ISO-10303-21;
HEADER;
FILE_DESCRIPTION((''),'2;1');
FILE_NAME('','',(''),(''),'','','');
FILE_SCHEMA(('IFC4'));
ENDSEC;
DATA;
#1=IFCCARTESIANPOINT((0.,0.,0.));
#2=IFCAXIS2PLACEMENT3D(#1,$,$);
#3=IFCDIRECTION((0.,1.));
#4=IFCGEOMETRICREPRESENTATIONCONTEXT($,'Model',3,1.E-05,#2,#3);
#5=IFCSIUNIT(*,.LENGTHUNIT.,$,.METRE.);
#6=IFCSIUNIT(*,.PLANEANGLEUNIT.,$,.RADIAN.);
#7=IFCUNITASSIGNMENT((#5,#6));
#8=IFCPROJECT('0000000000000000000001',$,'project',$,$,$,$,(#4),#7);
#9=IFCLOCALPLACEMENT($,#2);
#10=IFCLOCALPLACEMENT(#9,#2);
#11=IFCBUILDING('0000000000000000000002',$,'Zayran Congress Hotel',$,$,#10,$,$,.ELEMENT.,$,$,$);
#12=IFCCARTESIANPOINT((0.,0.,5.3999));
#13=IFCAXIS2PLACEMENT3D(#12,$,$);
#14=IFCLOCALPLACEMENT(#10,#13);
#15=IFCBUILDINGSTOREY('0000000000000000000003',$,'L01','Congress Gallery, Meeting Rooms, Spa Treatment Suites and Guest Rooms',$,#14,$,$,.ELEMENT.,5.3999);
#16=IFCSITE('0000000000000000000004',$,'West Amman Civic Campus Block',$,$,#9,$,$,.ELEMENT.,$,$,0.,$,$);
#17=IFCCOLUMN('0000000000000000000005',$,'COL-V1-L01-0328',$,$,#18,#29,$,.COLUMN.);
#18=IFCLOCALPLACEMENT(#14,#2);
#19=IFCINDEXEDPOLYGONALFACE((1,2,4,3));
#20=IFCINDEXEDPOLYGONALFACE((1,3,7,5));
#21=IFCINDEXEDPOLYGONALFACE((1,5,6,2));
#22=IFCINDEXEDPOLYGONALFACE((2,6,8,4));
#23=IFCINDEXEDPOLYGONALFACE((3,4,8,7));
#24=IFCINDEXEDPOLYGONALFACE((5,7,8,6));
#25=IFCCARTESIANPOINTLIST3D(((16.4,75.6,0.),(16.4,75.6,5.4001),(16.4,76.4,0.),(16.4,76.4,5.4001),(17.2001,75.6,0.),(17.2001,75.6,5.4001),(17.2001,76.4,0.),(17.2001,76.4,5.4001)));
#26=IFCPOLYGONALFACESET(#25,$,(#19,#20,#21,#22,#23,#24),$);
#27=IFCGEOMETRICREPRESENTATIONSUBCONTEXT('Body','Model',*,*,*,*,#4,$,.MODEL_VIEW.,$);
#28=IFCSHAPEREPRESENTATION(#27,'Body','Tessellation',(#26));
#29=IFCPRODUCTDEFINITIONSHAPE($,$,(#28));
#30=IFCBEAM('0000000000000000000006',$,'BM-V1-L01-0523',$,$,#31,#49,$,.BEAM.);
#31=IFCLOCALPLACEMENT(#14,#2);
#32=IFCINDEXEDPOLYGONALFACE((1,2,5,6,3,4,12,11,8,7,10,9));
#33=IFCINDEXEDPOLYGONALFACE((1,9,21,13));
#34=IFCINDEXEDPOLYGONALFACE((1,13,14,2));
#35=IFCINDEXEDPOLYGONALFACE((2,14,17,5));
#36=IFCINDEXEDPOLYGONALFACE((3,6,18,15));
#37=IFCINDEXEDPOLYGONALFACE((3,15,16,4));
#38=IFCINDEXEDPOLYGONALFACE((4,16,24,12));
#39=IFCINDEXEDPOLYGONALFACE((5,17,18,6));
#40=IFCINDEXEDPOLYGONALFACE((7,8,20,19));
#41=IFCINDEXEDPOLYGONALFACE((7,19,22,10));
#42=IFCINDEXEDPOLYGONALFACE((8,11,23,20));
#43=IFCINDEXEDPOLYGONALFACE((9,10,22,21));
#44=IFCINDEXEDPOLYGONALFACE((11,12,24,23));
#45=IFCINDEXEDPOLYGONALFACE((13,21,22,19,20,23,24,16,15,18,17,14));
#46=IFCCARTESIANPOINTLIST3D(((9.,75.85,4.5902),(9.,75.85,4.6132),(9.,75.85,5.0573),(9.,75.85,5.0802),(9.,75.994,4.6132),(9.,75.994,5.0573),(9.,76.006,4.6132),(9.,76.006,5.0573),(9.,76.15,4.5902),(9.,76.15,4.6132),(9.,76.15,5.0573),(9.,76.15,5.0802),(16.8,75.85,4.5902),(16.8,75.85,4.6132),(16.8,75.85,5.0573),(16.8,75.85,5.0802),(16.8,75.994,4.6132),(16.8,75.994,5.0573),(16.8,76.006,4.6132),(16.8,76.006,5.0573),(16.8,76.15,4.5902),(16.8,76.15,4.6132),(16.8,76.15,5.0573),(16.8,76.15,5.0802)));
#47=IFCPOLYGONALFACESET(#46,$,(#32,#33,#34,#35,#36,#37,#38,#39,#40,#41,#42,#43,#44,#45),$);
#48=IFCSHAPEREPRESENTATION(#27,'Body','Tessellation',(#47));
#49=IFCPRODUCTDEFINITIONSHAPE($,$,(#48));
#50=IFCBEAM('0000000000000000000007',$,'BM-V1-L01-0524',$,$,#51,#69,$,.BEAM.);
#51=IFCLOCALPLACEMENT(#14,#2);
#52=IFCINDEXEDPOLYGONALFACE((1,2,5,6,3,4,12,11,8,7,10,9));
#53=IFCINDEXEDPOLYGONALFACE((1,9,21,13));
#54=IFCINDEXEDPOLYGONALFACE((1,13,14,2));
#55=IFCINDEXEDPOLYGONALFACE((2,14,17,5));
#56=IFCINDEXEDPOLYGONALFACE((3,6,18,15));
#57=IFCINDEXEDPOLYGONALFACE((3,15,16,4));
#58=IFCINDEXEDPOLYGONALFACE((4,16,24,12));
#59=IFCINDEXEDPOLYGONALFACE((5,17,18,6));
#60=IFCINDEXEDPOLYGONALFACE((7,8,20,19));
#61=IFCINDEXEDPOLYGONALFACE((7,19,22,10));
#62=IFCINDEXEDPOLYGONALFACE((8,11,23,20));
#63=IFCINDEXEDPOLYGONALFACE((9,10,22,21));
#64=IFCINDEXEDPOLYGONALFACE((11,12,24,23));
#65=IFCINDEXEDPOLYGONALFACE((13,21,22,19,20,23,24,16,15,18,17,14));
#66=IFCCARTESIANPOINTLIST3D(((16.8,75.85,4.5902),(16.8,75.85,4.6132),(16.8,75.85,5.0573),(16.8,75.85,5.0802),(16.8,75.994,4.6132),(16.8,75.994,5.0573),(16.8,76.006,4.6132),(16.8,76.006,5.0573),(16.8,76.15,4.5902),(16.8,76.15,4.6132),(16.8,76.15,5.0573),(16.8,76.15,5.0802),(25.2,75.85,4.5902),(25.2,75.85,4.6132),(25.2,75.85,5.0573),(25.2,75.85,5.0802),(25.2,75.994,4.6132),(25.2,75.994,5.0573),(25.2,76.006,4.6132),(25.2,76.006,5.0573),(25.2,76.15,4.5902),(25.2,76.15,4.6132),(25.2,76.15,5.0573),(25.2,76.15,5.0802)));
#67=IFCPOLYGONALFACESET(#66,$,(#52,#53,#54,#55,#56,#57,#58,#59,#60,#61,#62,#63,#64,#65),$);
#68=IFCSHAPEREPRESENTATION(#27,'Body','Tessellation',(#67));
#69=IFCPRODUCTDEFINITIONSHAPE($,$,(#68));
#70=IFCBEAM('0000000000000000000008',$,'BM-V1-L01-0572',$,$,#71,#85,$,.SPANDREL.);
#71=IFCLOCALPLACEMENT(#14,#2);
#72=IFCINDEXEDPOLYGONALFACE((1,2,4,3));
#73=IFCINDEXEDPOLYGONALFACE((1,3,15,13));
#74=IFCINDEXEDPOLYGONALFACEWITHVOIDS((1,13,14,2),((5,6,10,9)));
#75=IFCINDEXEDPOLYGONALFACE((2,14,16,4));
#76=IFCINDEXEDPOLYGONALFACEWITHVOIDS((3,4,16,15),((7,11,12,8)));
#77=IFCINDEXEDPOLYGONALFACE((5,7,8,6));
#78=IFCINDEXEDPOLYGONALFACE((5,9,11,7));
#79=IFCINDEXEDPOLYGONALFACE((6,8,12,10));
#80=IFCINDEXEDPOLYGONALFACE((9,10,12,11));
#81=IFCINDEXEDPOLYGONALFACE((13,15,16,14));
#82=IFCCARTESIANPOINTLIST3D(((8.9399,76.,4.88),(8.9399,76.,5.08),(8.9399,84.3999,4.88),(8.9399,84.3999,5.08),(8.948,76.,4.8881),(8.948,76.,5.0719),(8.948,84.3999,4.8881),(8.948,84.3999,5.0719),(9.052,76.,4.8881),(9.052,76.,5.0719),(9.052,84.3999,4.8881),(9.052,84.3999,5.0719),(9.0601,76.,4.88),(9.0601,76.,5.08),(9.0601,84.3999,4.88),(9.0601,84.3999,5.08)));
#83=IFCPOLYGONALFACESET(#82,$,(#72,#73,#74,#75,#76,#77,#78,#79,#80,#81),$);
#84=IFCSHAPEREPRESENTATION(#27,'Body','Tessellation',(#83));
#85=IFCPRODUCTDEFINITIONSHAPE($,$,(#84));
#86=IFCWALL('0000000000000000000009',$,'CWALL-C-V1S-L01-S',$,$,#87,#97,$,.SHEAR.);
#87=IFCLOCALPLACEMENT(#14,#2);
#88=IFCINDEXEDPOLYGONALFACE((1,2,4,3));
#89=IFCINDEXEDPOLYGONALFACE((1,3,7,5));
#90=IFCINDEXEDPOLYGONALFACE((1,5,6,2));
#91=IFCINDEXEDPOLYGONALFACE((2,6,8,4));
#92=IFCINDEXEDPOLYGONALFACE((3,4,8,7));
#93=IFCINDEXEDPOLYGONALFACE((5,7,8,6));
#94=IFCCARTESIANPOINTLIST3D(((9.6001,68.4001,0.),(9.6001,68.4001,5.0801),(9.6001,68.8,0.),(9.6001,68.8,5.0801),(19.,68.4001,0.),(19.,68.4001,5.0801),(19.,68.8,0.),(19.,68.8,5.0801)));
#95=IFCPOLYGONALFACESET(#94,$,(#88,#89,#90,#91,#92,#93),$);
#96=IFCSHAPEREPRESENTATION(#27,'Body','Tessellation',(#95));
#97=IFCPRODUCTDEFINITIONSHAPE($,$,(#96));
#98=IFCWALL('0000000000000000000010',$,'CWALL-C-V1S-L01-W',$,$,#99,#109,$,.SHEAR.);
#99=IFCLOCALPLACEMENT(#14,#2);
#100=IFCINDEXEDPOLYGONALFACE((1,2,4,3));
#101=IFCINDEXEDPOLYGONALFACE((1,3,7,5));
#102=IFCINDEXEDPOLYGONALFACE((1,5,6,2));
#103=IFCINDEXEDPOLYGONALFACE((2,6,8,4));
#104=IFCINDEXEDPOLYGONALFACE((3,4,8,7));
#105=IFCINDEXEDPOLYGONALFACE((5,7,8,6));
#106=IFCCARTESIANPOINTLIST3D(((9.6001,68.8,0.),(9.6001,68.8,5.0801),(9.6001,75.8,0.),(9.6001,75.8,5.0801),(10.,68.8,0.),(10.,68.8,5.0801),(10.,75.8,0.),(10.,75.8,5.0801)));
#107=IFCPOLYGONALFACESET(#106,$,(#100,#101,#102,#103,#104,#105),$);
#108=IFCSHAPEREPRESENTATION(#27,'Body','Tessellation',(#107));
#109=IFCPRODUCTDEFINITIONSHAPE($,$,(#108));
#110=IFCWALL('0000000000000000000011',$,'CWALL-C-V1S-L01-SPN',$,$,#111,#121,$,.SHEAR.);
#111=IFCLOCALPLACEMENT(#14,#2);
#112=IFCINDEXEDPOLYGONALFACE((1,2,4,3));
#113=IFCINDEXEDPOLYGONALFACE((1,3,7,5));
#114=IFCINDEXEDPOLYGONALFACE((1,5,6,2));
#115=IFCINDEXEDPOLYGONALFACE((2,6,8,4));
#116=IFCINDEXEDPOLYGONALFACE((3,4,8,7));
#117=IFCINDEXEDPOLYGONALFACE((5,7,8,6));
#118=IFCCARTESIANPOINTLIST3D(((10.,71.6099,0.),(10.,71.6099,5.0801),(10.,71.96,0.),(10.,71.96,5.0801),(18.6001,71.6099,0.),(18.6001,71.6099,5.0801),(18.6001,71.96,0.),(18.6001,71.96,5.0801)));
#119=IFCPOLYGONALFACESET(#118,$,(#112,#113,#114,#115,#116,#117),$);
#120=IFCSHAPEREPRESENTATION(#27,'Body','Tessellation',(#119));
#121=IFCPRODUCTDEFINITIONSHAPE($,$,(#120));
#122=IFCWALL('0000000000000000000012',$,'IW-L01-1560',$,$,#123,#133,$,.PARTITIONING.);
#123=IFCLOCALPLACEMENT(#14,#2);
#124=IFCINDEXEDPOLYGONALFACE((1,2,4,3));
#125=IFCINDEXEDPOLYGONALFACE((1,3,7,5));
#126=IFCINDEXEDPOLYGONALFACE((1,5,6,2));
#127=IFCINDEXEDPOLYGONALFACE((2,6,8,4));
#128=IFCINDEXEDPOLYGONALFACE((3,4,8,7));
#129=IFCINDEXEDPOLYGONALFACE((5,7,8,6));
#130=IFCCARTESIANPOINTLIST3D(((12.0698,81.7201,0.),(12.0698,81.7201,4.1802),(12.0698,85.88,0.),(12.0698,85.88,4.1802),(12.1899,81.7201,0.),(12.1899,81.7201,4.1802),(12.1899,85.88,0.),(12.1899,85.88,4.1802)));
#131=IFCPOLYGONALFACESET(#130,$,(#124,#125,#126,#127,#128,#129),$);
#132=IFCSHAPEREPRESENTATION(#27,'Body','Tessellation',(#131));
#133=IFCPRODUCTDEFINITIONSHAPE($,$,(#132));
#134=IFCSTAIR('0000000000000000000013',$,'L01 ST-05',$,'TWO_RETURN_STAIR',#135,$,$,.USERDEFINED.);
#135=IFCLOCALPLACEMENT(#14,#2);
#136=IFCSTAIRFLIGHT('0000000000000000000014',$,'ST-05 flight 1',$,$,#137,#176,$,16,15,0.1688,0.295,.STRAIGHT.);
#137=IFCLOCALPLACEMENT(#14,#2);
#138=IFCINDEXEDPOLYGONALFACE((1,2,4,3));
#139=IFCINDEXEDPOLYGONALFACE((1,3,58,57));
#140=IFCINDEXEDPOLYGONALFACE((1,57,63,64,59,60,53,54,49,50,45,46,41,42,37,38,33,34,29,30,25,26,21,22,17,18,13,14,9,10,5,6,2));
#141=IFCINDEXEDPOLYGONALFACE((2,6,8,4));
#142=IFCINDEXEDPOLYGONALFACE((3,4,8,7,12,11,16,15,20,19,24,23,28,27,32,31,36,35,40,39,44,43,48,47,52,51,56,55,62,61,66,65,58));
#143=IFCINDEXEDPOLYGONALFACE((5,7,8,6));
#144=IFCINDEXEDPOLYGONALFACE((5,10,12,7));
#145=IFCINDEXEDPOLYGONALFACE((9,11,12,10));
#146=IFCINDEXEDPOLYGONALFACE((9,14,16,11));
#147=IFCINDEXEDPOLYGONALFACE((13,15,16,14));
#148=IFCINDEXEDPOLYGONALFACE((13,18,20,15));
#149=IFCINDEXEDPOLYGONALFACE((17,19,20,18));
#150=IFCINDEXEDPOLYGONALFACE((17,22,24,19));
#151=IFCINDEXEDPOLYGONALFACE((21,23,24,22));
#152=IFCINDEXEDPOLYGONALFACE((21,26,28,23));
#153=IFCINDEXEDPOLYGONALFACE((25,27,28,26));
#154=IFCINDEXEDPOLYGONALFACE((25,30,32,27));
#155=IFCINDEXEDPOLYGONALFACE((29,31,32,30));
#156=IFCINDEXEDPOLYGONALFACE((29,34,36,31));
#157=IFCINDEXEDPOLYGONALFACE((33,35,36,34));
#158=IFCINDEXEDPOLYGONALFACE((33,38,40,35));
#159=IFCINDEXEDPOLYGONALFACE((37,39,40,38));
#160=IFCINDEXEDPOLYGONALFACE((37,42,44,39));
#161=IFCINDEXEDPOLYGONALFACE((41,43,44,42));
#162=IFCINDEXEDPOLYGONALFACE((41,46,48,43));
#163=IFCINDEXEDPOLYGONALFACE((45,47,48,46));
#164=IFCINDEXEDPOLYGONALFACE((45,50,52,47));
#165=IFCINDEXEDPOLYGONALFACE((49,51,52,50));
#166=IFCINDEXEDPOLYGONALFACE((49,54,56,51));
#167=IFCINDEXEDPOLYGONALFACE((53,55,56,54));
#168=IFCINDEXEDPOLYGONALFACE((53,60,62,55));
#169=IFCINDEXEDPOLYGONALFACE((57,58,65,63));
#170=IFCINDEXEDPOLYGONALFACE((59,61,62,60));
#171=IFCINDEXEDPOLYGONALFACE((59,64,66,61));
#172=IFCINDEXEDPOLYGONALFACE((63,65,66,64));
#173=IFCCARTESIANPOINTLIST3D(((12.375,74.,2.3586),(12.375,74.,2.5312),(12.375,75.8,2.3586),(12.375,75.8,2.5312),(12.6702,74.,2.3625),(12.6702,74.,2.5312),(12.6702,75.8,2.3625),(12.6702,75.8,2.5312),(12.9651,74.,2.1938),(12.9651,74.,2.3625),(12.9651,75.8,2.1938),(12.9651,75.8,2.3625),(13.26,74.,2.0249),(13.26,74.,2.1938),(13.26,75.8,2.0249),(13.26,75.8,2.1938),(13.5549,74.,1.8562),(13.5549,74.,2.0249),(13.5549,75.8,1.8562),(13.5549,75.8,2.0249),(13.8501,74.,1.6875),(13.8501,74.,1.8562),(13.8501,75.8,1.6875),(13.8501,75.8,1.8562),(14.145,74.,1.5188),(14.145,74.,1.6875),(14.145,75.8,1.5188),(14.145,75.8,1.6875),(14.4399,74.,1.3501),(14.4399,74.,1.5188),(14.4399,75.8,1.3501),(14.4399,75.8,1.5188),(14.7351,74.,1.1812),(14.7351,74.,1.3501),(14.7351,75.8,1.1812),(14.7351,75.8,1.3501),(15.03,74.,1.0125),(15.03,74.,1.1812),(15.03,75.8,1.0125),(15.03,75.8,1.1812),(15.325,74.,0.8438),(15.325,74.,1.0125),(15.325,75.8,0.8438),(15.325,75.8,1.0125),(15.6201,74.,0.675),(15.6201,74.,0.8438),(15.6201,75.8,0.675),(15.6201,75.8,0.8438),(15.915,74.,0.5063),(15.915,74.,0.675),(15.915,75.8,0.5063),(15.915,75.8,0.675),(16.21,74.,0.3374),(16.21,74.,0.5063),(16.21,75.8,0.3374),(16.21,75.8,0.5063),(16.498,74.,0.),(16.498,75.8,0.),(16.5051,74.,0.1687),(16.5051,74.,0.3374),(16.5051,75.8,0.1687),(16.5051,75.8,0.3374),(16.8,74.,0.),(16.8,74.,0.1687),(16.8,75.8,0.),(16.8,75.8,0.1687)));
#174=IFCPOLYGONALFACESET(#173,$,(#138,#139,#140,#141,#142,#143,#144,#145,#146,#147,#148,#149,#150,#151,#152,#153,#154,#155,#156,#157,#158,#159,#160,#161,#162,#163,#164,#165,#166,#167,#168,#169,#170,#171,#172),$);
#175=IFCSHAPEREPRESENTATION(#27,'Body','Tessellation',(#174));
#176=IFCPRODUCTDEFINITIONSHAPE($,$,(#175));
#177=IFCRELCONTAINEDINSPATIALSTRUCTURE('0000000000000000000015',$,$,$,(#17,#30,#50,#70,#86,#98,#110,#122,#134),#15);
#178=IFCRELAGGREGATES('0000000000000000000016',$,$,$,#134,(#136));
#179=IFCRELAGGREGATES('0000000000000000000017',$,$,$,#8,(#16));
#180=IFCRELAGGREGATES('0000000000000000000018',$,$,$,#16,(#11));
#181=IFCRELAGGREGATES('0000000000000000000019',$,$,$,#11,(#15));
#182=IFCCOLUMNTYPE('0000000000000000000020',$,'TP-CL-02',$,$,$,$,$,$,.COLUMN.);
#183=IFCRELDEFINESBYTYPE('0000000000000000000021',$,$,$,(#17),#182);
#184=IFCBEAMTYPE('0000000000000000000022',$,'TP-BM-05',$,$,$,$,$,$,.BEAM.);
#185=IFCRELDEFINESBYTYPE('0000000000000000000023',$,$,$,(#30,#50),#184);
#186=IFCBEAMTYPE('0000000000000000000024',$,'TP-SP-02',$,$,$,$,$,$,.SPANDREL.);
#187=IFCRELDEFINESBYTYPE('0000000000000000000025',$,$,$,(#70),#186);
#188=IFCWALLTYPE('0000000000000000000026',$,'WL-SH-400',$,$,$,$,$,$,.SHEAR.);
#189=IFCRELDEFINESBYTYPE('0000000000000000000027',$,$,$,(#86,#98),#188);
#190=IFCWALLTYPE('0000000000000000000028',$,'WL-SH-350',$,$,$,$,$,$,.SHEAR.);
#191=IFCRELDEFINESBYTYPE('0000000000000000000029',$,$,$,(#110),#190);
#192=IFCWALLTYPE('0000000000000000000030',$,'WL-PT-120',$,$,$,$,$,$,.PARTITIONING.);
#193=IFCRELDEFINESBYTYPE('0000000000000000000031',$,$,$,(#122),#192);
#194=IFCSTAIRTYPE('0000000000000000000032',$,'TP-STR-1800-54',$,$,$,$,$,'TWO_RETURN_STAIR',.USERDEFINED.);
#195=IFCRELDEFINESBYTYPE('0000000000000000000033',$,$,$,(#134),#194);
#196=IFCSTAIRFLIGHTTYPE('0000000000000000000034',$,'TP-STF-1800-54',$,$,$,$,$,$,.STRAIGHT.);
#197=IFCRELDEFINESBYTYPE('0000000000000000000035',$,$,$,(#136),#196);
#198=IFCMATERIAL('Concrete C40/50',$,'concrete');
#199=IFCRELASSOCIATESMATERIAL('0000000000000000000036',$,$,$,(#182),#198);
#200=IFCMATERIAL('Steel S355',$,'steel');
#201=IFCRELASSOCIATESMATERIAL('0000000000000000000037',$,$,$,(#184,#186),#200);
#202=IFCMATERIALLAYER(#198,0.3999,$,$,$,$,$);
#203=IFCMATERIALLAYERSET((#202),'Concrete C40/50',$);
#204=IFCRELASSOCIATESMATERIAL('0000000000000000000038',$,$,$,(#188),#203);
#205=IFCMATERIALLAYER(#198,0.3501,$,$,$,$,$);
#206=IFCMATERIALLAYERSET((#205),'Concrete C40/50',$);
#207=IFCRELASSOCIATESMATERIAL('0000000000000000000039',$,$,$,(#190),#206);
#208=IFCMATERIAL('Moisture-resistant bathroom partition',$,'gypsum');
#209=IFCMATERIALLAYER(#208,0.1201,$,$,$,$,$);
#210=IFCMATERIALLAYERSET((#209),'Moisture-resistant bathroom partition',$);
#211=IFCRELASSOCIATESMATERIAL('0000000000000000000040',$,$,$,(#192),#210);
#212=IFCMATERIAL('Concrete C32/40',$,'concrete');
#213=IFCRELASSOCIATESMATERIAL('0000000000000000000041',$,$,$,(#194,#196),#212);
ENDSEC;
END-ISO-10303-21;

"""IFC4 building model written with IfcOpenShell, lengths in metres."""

from ifc_helpers import new_model, si_unit, direction, frame, frame_2d, origin, origin_2d, place, context, subcontext, project, spatial, polyline, rectangle, hollow_rectangle, i_section, outline, extrude, material, layer, layer_set, material_profile, profile_set, type_object, element, aggregate, save


model = new_model("IFC4")

# Units and contexts
model_context = context("Model", 3, precision=1e-05, world=origin(), true_north=direction((0.0, 1.0)))
body_context = subcontext(model_context, "Body", "Model", "MODEL_VIEW")
ifc_project = project(units=[si_unit("LENGTHUNIT", "METRE"), si_unit("PLANEANGLEUNIT", "RADIAN")], contexts=[model_context])

# Site, building, storey
site_placement = place(None, origin())
site = spatial("IfcSite", under=ifc_project, at=site_placement, Name="West Amman Civic Campus Block", CompositionType="ELEMENT", RefElevation=0.0)
building_placement = place(site_placement, origin())
building = spatial("IfcBuilding", under=site, at=building_placement, Name="Zayran Congress Hotel", CompositionType="ELEMENT")
storey_placement = place(building_placement, frame((0.0, 0.0, 5.3999)))
storey = spatial("IfcBuildingStorey", under=building, at=storey_placement, Name="L01", Description="Congress Gallery, Meeting Rooms, Spa Treatment Suites and Guest Rooms", CompositionType="ELEMENT", Elevation=5.3999)

# Column
ifc_material_1 = material(Name="Concrete C40/50", Category="concrete")
ifc_material_profile_1 = material_profile(ifc_material_1, rectangle(XDim=0.8, YDim=0.8, at=origin_2d()), Name="RC 800x800")
ifc_profile_set_1 = profile_set([ifc_material_profile_1], Name="Concrete C40/50")
column_type = type_object("IfcColumnType", Name="TP-CL-02", PredefinedType="COLUMN", material=ifc_profile_set_1)
column_placement = place(storey_placement, frame((16.8, 76.0, 0.0), z_axis=(0.0, 0.0, 1.0), x_axis=(1.0, 0.0, 0.0)))
element("IfcColumn", 1, at=column_placement, inside=storey, type_object=column_type, Name="COL-V1-L01-0328", PredefinedType="COLUMN", context=body_context, shape_type="SweptSolid", body=[
    extrude(rectangle(XDim=0.8, YDim=0.8, at=origin_2d()), origin(), (0.0, 0.0, 1.0), 5.4001),
])

# Beams
ifc_material_2 = material(Name="Steel S355", Category="steel")
ifc_material_profile_2 = material_profile(ifc_material_2, i_section(OverallWidth=0.3, OverallDepth=0.49, WebThickness=0.012, FlangeThickness=0.0229, at=origin_2d()), Name="HEA 500")
ifc_profile_set_2 = profile_set([ifc_material_profile_2], Name="Steel S355")
beam_type_1 = type_object("IfcBeamType", Name="TP-BM-05", PredefinedType="BEAM", material=ifc_profile_set_2)
beam_1_placement = place(storey_placement, frame((9.0, 76.0, 4.8352), z_axis=(1.0, 0.0, 0.0), x_axis=(0.0, 1.0, 0.0)))
element("IfcBeam", 2, at=beam_1_placement, inside=storey, type_object=beam_type_1, Name="BM-V1-L01-0523", PredefinedType="BEAM", context=body_context, shape_type="SweptSolid", body=[
    extrude(i_section(OverallWidth=0.3, OverallDepth=0.49, WebThickness=0.012, FlangeThickness=0.0229, at=origin_2d()), origin(), (0.0, 0.0, 1.0), 7.8),
])
beam_2_placement = place(storey_placement, frame((16.8, 76.0, 4.8352), z_axis=(1.0, 0.0, 0.0), x_axis=(0.0, 1.0, 0.0)))
element("IfcBeam", 3, at=beam_2_placement, inside=storey, type_object=beam_type_1, Name="BM-V1-L01-0524", PredefinedType="BEAM", context=body_context, shape_type="SweptSolid", body=[
    extrude(i_section(OverallWidth=0.3, OverallDepth=0.49, WebThickness=0.012, FlangeThickness=0.0229, at=origin_2d()), origin(), (0.0, 0.0, 1.0), 8.3999),
])
ifc_material_profile_3 = material_profile(ifc_material_2, hollow_rectangle(XDim=0.1201, YDim=0.2, WallThickness=0.0081, at=origin_2d()), Name="RHS 200x120x8")
ifc_profile_set_3 = profile_set([ifc_material_profile_3], Name="Steel S355")
beam_type_2 = type_object("IfcBeamType", Name="TP-SP-02", PredefinedType="SPANDREL", material=ifc_profile_set_3)
beam_3_placement = place(storey_placement, frame((9.0, 76.0, 4.98), z_axis=(0.0, 1.0, 0.0), x_axis=(-1.0, 0.0, 0.0)))
element("IfcBeam", 4, at=beam_3_placement, inside=storey, type_object=beam_type_2, Name="BM-V1-L01-0572", PredefinedType="SPANDREL", context=body_context, shape_type="SweptSolid", body=[
    extrude(hollow_rectangle(XDim=0.1201, YDim=0.2, WallThickness=0.0081, at=origin_2d()), origin(), (0.0, 0.0, 1.0), 8.3999),
])

# Walls
ifc_layer_1 = layer(ifc_material_1, 0.3999)
ifc_layer_set_1 = layer_set([ifc_layer_1], Name="Concrete C40/50")
wall_type_1 = type_object("IfcWallType", Name="WL-SH-400", PredefinedType="SHEAR", material=ifc_layer_set_1)
wall_1_placement = place(storey_placement, frame((9.6001, 68.6001, 0.0), z_axis=(0.0, 0.0, 1.0), x_axis=(1.0, 0.0, 0.0)))
element("IfcWall", 5, at=wall_1_placement, inside=storey, type_object=wall_type_1, Name="CWALL-C-V1S-L01-S", PredefinedType="SHEAR", context=body_context, shape_type="SweptSolid", body=[
    extrude(rectangle(XDim=9.3999, YDim=0.3999, at=frame_2d((4.7, 0.0))), origin(), (0.0, 0.0, 1.0), 5.0801),
])
wall_2_placement = place(storey_placement, frame((9.8, 75.8, 0.0), z_axis=(0.0, 0.0, 1.0), x_axis=(0.0, -1.0, 0.0)))
element("IfcWall", 6, at=wall_2_placement, inside=storey, type_object=wall_type_1, Name="CWALL-C-V1S-L01-W", PredefinedType="SHEAR", context=body_context, shape_type="SweptSolid", body=[
    extrude(rectangle(XDim=7.0, YDim=0.3999, at=frame_2d((3.5, 0.0))), origin(), (0.0, 0.0, 1.0), 5.0801),
])
ifc_layer_2 = layer(ifc_material_1, 0.3501)
ifc_layer_set_2 = layer_set([ifc_layer_2], Name="Concrete C40/50")
wall_type_2 = type_object("IfcWallType", Name="WL-SH-350", PredefinedType="SHEAR", material=ifc_layer_set_2)
wall_3_placement = place(storey_placement, frame((10.0, 71.7849, 0.0), z_axis=(0.0, 0.0, 1.0), x_axis=(1.0, 0.0, 0.0)))
element("IfcWall", 7, at=wall_3_placement, inside=storey, type_object=wall_type_2, Name="CWALL-C-V1S-L01-SPN", PredefinedType="SHEAR", context=body_context, shape_type="SweptSolid", body=[
    extrude(rectangle(XDim=8.6001, YDim=0.3501, at=frame_2d((4.3, 0.0))), origin(), (0.0, 0.0, 1.0), 5.0801),
])
ifc_material_3 = material(Name="Moisture-resistant bathroom partition", Category="gypsum")
ifc_layer_3 = layer(ifc_material_3, 0.1201)
ifc_layer_set_3 = layer_set([ifc_layer_3], Name="Moisture-resistant bathroom partition")
wall_type_3 = type_object("IfcWallType", Name="WL-PT-120", PredefinedType="PARTITIONING", material=ifc_layer_set_3)
wall_4_placement = place(storey_placement, frame((12.1299, 81.72, 0.0), z_axis=(0.0, 0.0, 1.0), x_axis=(0.0, 1.0, 0.0)))
element("IfcWall", 8, at=wall_4_placement, inside=storey, type_object=wall_type_3, Name="IW-L01-1560", PredefinedType="PARTITIONING", context=body_context, shape_type="SweptSolid", body=[
    extrude(rectangle(XDim=4.1599, YDim=0.1201, at=frame_2d((2.0801, 0.0))), origin(), (0.0, 0.0, 1.0), 4.1802),
])

# Stair, stair flight
ifc_material_4 = material(Name="Concrete C32/40", Category="concrete")
stair_type = type_object("IfcStairType", Name="TP-STR-1800-54", ElementType="TWO_RETURN_STAIR", PredefinedType="USERDEFINED", material=ifc_material_4)
stair_placement = place(storey_placement, origin())
stair = element("IfcStair", 9, at=stair_placement, inside=storey, type_object=stair_type, Name="L01 ST-05", ObjectType="TWO_RETURN_STAIR", PredefinedType="USERDEFINED")
stair_flight_type = type_object("IfcStairFlightType", Name="TP-STF-1800-54", PredefinedType="STRAIGHT", material=ifc_material_4)
stair_flight_1_placement = place(storey_placement, frame((16.8, 74.8999, 0.0), z_axis=(0.0, 0.0, 1.0), x_axis=(-1.0, 0.0, 0.0)))
stair_flight_1 = element("IfcStairFlight", 10, at=stair_flight_1_placement, type_object=stair_flight_type, Name="ST-05 flight 1", NumberOfRisers=16, NumberOfTreads=15, PredefinedType="STRAIGHT", RiserHeight=0.1688, TreadLength=0.295, context=body_context, shape_type="SweptSolid", body=[
    extrude(outline(polyline([(0.0, 0.0), (0.0, 0.1687), (0.2949, 0.1687), (0.2949, 0.3374), (0.5901, 0.3374), (0.5901, 0.5063), (0.885, 0.5063), (0.885, 0.675), (1.1799, 0.675), (1.1799, 0.8438), (1.4751, 0.8438), (1.4751, 1.0125), (1.77, 1.0125), (1.77, 1.1812), (2.0649, 1.1812), (2.0649, 1.3501), (2.3601, 1.3501), (2.3601, 1.5188), (2.655, 1.5188), (2.655, 1.6875), (2.95, 1.6875), (2.95, 1.8562), (3.2451, 1.8562), (3.2451, 2.0249), (3.54, 2.0249), (3.54, 2.1938), (3.835, 2.1938), (3.835, 2.3625), (4.1299, 2.3625), (4.1299, 2.5312), (4.425, 2.5312), (4.425, 2.7), (4.425, 2.3586), (0.302, 0.0), (0.0, 0.0)])), frame((0.0, 0.8999, 0.0), z_axis=(0.0, -1.0, 0.0), x_axis=(1.0, 0.0, 0.0)), (0.0, 0.0, 1.0), 1.8),
])
aggregate(stair, [stair_flight_1])

save(model, "model.ifc")
